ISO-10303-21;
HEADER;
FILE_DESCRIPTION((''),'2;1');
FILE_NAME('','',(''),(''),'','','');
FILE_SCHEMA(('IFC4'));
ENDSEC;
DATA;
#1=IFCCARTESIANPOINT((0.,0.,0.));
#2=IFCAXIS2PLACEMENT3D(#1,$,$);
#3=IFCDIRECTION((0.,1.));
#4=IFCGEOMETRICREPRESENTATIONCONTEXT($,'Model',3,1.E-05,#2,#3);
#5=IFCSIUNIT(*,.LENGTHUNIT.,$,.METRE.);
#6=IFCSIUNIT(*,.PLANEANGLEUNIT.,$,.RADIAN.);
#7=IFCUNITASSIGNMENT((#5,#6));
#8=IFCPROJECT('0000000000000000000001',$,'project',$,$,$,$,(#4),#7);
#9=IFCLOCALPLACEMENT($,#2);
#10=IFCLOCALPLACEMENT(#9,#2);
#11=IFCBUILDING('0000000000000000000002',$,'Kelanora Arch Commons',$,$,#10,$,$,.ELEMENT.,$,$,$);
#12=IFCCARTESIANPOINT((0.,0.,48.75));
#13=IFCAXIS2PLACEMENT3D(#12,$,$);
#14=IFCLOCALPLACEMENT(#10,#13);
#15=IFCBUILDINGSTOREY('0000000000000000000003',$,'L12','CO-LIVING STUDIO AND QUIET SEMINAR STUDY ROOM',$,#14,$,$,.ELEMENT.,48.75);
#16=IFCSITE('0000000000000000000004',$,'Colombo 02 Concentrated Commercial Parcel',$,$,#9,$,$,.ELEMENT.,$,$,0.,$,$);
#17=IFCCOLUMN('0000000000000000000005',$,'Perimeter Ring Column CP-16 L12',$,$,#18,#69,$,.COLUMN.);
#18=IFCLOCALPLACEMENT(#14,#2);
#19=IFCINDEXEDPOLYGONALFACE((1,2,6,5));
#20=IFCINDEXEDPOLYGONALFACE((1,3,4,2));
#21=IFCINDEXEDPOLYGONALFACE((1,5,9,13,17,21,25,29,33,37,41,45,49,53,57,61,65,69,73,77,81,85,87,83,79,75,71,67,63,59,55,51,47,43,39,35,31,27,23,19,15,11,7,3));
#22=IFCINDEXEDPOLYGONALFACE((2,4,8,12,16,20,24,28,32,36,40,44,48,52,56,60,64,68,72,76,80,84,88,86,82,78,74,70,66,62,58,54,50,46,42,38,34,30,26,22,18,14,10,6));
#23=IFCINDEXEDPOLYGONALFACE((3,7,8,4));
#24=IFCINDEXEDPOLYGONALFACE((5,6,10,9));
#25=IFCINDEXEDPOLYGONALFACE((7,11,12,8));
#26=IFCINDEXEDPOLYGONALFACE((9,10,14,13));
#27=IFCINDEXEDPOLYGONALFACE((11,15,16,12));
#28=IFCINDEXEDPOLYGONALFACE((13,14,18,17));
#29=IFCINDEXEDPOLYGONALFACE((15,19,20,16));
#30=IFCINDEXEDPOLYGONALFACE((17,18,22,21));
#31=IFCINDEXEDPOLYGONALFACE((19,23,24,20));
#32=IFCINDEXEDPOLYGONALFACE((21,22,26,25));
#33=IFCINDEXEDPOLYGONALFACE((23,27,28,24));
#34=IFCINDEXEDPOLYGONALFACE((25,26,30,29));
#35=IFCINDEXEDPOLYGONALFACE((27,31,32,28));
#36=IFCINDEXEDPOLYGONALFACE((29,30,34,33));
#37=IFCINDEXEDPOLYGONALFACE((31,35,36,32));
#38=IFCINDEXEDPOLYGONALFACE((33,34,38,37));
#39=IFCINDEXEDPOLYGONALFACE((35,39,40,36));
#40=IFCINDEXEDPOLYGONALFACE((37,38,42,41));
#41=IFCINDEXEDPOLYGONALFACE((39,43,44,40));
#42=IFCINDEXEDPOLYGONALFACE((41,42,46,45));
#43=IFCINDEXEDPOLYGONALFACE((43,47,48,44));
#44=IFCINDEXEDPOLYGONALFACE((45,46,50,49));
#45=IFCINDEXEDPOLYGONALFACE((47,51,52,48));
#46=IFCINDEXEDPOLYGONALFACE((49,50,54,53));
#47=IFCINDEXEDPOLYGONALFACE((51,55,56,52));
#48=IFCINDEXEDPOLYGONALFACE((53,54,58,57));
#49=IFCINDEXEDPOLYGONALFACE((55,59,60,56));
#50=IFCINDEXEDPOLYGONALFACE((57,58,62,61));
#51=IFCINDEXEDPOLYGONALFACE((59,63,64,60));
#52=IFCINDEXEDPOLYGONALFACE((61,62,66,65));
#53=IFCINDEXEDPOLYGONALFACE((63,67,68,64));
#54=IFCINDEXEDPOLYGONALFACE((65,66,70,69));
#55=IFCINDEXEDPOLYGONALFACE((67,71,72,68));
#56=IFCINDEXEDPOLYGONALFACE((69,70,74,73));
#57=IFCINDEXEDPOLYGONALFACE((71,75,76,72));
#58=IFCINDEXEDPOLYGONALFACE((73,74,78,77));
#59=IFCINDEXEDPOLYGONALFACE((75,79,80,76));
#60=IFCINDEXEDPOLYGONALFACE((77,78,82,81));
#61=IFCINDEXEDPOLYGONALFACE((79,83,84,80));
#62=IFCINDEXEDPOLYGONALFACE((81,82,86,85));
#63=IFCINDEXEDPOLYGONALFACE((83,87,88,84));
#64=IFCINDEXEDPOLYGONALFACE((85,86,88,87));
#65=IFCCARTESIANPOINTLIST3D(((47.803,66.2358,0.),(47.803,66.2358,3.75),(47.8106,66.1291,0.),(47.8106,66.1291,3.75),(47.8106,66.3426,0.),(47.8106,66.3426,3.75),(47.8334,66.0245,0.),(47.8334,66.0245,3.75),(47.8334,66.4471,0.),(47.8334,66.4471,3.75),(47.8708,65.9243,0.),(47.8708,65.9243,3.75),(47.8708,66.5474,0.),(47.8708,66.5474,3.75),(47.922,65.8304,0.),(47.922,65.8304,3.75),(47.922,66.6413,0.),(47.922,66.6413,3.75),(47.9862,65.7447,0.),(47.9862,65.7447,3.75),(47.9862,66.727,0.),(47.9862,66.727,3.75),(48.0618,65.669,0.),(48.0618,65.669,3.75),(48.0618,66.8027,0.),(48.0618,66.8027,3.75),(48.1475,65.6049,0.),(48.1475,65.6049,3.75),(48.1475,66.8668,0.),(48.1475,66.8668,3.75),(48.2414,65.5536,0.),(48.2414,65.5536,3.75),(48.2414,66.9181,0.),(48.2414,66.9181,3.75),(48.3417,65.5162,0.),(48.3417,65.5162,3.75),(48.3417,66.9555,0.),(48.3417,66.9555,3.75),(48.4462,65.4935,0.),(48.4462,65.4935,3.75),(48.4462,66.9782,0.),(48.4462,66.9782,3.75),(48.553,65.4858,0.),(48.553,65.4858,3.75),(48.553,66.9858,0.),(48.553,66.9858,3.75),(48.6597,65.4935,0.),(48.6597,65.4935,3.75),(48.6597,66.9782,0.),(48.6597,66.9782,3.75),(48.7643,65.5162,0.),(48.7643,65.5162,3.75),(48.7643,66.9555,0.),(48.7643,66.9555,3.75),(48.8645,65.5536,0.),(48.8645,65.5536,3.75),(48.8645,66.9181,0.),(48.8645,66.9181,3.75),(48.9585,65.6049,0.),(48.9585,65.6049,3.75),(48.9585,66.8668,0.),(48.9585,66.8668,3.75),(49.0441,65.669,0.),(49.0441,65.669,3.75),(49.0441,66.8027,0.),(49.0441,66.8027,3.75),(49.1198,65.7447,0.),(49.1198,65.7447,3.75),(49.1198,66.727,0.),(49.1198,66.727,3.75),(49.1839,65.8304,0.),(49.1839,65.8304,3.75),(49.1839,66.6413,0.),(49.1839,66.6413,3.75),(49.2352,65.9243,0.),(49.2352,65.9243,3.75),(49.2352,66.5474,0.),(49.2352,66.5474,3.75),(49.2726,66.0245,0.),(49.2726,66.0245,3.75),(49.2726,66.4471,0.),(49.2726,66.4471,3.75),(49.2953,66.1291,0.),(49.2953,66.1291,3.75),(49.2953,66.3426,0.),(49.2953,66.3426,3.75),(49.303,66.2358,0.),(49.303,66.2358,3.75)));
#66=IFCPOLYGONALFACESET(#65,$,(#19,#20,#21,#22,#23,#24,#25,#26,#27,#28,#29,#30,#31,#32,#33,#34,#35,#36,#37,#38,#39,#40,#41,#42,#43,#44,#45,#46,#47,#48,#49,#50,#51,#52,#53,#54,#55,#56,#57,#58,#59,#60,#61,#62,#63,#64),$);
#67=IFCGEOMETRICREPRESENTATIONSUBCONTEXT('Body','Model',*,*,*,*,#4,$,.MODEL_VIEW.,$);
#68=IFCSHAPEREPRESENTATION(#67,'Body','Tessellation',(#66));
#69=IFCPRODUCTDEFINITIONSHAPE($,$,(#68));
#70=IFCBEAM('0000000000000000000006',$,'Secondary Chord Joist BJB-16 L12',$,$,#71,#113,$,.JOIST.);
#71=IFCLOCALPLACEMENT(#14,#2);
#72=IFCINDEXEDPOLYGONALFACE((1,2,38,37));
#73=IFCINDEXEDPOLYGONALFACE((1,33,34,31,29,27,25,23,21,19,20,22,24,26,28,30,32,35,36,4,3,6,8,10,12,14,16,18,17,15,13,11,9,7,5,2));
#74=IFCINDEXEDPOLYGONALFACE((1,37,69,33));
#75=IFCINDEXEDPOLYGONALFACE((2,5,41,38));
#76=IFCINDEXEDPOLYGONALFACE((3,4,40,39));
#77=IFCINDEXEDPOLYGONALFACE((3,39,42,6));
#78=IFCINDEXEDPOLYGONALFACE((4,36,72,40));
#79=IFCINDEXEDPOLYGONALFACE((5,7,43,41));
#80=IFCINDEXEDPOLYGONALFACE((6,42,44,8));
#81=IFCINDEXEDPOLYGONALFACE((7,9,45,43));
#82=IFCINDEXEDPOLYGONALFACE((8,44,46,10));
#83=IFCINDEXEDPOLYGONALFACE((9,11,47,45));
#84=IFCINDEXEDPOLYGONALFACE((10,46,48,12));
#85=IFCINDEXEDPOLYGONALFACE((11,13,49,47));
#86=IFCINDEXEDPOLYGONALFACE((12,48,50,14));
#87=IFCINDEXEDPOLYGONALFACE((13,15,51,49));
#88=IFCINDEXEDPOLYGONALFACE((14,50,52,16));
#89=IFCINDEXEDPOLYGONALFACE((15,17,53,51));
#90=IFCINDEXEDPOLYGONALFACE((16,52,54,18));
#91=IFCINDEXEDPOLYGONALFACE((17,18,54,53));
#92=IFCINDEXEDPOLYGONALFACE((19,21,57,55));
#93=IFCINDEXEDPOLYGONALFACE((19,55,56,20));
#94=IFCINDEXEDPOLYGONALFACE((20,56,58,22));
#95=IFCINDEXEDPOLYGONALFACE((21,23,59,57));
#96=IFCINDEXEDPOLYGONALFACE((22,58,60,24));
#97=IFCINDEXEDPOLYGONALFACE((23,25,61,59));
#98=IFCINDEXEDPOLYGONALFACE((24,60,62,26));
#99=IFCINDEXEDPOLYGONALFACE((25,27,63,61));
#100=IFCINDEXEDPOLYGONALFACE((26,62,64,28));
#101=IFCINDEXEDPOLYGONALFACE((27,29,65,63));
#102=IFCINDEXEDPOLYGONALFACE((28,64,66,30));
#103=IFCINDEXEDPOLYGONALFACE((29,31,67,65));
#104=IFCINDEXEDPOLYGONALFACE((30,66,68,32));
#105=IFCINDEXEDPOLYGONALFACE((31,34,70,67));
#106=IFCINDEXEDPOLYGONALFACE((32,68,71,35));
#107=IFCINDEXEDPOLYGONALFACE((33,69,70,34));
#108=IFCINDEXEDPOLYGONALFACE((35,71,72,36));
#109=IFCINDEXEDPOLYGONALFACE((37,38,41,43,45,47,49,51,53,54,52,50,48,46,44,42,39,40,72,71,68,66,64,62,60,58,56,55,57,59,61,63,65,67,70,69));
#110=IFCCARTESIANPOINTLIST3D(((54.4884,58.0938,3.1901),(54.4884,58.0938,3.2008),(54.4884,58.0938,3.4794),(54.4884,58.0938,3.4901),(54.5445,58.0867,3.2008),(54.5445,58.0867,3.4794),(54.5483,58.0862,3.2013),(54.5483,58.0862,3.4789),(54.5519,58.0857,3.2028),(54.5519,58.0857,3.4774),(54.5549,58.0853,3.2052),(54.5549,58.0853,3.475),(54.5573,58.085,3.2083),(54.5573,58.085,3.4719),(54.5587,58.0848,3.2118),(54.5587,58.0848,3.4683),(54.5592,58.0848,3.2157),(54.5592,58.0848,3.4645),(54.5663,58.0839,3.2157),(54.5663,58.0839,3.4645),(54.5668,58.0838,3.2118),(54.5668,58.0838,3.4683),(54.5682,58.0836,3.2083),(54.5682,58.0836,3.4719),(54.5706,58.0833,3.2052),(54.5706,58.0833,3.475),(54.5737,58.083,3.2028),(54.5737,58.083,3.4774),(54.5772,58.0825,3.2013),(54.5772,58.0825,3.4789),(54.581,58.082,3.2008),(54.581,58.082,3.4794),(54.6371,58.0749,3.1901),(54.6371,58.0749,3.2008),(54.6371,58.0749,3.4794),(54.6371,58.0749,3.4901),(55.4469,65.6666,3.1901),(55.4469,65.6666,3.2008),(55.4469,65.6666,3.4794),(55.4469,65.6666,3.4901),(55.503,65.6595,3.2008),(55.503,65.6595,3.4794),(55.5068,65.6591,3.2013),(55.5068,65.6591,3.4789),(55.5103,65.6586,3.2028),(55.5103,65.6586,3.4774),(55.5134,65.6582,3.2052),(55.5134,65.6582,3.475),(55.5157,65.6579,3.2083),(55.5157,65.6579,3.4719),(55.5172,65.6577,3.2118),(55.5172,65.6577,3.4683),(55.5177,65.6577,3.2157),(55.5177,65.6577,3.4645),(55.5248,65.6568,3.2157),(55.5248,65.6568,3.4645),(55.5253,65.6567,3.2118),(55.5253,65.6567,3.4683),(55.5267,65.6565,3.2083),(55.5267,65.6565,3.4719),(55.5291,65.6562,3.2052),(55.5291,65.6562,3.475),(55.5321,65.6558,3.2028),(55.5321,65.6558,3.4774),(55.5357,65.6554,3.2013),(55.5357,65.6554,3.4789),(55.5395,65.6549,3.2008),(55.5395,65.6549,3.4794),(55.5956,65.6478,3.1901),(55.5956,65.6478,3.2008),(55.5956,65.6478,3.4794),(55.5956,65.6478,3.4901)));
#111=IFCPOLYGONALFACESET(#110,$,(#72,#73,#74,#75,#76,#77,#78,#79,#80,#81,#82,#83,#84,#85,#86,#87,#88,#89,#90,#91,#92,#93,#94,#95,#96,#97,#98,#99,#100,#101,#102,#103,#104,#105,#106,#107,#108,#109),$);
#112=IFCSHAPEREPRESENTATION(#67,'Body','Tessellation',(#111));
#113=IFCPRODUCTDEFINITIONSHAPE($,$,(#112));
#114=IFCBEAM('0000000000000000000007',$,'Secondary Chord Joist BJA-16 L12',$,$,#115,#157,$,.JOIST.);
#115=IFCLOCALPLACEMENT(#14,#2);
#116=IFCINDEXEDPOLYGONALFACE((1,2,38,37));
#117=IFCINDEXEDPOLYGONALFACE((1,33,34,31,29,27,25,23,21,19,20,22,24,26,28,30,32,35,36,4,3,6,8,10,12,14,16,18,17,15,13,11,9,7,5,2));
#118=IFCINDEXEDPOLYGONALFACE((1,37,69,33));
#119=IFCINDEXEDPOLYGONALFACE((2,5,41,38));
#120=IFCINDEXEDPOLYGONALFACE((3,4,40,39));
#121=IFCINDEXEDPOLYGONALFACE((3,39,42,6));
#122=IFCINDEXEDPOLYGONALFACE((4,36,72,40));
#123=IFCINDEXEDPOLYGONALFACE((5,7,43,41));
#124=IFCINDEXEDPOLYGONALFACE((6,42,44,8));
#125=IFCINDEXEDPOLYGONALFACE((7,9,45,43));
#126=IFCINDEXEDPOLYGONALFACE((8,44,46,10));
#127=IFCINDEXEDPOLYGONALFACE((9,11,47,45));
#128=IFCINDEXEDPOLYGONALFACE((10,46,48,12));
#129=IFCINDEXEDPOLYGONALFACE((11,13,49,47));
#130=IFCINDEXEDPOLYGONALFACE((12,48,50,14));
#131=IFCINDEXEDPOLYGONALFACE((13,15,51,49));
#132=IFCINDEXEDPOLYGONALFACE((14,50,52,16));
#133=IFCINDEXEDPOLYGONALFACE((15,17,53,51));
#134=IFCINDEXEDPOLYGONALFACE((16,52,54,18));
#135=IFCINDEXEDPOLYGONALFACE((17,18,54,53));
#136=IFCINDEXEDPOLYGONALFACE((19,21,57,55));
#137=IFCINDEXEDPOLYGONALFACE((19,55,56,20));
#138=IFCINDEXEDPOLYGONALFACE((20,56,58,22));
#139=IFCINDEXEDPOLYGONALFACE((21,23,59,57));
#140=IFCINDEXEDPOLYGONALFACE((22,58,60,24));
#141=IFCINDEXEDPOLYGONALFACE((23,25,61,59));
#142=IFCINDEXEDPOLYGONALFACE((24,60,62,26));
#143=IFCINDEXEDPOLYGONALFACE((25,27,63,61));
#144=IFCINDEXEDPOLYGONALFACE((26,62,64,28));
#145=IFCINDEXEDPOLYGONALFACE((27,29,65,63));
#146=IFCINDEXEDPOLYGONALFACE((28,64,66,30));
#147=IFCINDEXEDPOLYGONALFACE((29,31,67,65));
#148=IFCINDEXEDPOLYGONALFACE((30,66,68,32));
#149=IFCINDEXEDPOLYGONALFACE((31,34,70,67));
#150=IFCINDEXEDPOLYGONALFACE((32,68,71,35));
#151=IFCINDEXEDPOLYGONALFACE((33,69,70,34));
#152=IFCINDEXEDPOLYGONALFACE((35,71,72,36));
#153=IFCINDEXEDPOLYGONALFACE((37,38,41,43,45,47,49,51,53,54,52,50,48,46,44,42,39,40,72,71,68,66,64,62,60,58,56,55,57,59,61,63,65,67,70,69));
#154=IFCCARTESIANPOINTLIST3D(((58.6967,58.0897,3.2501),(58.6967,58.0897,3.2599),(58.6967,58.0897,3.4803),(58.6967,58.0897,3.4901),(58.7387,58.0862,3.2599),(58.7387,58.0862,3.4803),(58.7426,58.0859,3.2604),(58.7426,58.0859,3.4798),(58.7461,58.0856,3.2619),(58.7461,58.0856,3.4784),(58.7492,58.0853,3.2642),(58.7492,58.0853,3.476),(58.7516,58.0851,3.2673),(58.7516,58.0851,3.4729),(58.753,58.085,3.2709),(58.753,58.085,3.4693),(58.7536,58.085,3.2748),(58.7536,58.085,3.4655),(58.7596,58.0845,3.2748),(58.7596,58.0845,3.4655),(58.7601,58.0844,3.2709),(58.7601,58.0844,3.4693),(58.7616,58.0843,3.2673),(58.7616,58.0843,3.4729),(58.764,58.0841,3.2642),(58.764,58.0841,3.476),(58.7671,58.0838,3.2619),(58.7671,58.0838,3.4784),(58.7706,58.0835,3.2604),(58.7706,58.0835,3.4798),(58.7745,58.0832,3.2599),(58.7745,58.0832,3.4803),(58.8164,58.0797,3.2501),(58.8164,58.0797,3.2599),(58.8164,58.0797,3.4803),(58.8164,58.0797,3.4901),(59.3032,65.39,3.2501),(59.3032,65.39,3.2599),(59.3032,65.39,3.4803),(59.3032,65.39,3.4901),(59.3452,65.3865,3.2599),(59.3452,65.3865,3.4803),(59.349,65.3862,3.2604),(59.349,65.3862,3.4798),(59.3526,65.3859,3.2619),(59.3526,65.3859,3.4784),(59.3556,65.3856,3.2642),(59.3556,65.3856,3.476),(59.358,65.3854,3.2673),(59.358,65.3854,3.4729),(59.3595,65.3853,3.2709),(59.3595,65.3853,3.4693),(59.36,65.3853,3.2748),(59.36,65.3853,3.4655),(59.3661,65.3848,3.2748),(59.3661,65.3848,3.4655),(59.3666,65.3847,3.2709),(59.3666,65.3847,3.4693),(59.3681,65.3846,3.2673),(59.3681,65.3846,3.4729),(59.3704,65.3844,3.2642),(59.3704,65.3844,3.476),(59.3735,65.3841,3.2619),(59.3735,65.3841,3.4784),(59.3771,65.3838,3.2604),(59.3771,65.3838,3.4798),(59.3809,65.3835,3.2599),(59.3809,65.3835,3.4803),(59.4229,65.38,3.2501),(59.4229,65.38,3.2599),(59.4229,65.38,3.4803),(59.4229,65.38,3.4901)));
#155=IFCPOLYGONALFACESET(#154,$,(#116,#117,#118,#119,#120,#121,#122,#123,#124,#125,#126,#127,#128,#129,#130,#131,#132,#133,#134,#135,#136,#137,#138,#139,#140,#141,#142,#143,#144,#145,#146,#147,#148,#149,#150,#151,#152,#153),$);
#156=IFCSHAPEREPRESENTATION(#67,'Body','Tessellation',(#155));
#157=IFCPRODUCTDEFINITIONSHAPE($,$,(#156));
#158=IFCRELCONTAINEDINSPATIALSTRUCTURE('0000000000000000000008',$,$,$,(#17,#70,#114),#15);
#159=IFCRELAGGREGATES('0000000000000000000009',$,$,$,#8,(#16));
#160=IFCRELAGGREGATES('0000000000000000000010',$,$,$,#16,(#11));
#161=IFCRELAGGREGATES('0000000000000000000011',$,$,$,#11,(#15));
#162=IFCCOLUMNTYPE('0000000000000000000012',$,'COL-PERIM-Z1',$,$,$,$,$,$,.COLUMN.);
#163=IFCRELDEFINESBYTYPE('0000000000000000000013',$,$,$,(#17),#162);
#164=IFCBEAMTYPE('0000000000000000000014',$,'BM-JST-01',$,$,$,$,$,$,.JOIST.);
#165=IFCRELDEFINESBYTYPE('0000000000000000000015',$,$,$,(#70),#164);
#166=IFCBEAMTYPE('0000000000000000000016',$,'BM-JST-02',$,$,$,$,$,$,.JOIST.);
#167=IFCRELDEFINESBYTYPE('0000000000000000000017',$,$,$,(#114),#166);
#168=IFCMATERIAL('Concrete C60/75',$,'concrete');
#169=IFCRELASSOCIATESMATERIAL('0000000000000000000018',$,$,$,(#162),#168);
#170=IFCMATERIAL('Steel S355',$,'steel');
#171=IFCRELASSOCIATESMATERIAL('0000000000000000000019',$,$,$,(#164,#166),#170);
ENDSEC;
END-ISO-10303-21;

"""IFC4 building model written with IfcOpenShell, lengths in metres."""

from ifc_helpers import new_model, si_unit, direction, frame, origin, origin_2d, place, context, subcontext, project, spatial, circle, i_section, extrude, material, material_profile, profile_set, type_object, element, save


model = new_model("IFC4")

# Units and contexts
model_context = context("Model", 3, precision=1e-05, world=origin(), true_north=direction((0.0, 1.0)))
body_context = subcontext(model_context, "Body", "Model", "MODEL_VIEW")
ifc_project = project(units=[si_unit("LENGTHUNIT", "METRE"), si_unit("PLANEANGLEUNIT", "RADIAN")], contexts=[model_context])

# Site, building, storey
site_placement = place(None, origin())
site = spatial("IfcSite", under=ifc_project, at=site_placement, Name="Colombo 02 Concentrated Commercial Parcel", CompositionType="ELEMENT", RefElevation=0.0)
building_placement = place(site_placement, origin())
building = spatial("IfcBuilding", under=site, at=building_placement, Name="Kelanora Arch Commons", CompositionType="ELEMENT")
storey_placement = place(building_placement, frame((0.0, 0.0, 48.75)))
storey = spatial("IfcBuildingStorey", under=building, at=storey_placement, Name="L12", Description="CO-LIVING STUDIO AND QUIET SEMINAR STUDY ROOM", CompositionType="ELEMENT", Elevation=48.75)

# Column
ifc_material_1 = material(Name="Concrete C60/75", Category="concrete")
ifc_material_profile_1 = material_profile(ifc_material_1, circle(Radius=0.75, at=origin_2d()), Name="RCC1500")
ifc_profile_set_1 = profile_set([ifc_material_profile_1], Name="Concrete C60/75")
column_type = type_object("IfcColumnType", Name="COL-PERIM-Z1", PredefinedType="COLUMN", material=ifc_profile_set_1)
column_placement = place(storey_placement, frame((48.553, 66.2358, 0.0), z_axis=(0.0, 0.0, 1.0), x_axis=(1.0, 0.0, 0.0)))
element("IfcColumn", 1, at=column_placement, inside=storey, type_object=column_type, Name="Perimeter Ring Column CP-16 L12", PredefinedType="COLUMN", context=body_context, shape_type="SweptSolid", body=[
    extrude(circle(Radius=0.75, at=origin_2d()), origin(), (0.0, 0.0, 1.0), 3.75),
])

# Beams
ifc_material_2 = material(Name="Steel S355", Category="steel")
ifc_material_profile_2 = material_profile(ifc_material_2, i_section(OverallWidth=0.1499, OverallDepth=0.3, WebThickness=0.0071, FlangeThickness=0.0107, FilletRadius=0.0149, at=origin_2d()), Name="IPE300")
ifc_profile_set_2 = profile_set([ifc_material_profile_2], Name="Steel S355")
beam_type_1 = type_object("IfcBeamType", Name="BM-JST-01", PredefinedType="JOIST", material=ifc_profile_set_2)
beam_1_placement = place(storey_placement, frame((55.5212, 65.6572, 3.3401), z_axis=(-0.125566, -0.992085, 0.0), x_axis=(0.992085, -0.125566, 0.0)))
element("IfcBeam", 2, at=beam_1_placement, inside=storey, type_object=beam_type_1, Name="Secondary Chord Joist BJB-16 L12", PredefinedType="JOIST", context=body_context, shape_type="SweptSolid", body=[
    extrude(i_section(OverallWidth=0.1499, OverallDepth=0.3, WebThickness=0.0071, FlangeThickness=0.0107, FilletRadius=0.0149, at=origin_2d()), origin(), (0.0, 0.0, 1.0), 7.6333),
])
ifc_material_profile_3 = material_profile(ifc_material_2, i_section(OverallWidth=0.1201, OverallDepth=0.24, WebThickness=0.0061, FlangeThickness=0.0098, FilletRadius=0.0149, at=origin_2d()), Name="IPE240")
ifc_profile_set_3 = profile_set([ifc_material_profile_3], Name="Steel S355")
beam_type_2 = type_object("IfcBeamType", Name="BM-JST-02", PredefinedType="JOIST", material=ifc_profile_set_3)
beam_2_placement = place(storey_placement, frame((59.363, 65.385, 3.3701), z_axis=(-0.082786, -0.996567, 0.0), x_axis=(0.996567, -0.082786, 0.0)))
element("IfcBeam", 3, at=beam_2_placement, inside=storey, type_object=beam_type_2, Name="Secondary Chord Joist BJA-16 L12", PredefinedType="JOIST", context=body_context, shape_type="SweptSolid", body=[
    extrude(i_section(OverallWidth=0.1201, OverallDepth=0.24, WebThickness=0.0061, FlangeThickness=0.0098, FilletRadius=0.0149, at=origin_2d()), origin(), (0.0, 0.0, 1.0), 7.3254),
])

save(model, "model.ifc")
